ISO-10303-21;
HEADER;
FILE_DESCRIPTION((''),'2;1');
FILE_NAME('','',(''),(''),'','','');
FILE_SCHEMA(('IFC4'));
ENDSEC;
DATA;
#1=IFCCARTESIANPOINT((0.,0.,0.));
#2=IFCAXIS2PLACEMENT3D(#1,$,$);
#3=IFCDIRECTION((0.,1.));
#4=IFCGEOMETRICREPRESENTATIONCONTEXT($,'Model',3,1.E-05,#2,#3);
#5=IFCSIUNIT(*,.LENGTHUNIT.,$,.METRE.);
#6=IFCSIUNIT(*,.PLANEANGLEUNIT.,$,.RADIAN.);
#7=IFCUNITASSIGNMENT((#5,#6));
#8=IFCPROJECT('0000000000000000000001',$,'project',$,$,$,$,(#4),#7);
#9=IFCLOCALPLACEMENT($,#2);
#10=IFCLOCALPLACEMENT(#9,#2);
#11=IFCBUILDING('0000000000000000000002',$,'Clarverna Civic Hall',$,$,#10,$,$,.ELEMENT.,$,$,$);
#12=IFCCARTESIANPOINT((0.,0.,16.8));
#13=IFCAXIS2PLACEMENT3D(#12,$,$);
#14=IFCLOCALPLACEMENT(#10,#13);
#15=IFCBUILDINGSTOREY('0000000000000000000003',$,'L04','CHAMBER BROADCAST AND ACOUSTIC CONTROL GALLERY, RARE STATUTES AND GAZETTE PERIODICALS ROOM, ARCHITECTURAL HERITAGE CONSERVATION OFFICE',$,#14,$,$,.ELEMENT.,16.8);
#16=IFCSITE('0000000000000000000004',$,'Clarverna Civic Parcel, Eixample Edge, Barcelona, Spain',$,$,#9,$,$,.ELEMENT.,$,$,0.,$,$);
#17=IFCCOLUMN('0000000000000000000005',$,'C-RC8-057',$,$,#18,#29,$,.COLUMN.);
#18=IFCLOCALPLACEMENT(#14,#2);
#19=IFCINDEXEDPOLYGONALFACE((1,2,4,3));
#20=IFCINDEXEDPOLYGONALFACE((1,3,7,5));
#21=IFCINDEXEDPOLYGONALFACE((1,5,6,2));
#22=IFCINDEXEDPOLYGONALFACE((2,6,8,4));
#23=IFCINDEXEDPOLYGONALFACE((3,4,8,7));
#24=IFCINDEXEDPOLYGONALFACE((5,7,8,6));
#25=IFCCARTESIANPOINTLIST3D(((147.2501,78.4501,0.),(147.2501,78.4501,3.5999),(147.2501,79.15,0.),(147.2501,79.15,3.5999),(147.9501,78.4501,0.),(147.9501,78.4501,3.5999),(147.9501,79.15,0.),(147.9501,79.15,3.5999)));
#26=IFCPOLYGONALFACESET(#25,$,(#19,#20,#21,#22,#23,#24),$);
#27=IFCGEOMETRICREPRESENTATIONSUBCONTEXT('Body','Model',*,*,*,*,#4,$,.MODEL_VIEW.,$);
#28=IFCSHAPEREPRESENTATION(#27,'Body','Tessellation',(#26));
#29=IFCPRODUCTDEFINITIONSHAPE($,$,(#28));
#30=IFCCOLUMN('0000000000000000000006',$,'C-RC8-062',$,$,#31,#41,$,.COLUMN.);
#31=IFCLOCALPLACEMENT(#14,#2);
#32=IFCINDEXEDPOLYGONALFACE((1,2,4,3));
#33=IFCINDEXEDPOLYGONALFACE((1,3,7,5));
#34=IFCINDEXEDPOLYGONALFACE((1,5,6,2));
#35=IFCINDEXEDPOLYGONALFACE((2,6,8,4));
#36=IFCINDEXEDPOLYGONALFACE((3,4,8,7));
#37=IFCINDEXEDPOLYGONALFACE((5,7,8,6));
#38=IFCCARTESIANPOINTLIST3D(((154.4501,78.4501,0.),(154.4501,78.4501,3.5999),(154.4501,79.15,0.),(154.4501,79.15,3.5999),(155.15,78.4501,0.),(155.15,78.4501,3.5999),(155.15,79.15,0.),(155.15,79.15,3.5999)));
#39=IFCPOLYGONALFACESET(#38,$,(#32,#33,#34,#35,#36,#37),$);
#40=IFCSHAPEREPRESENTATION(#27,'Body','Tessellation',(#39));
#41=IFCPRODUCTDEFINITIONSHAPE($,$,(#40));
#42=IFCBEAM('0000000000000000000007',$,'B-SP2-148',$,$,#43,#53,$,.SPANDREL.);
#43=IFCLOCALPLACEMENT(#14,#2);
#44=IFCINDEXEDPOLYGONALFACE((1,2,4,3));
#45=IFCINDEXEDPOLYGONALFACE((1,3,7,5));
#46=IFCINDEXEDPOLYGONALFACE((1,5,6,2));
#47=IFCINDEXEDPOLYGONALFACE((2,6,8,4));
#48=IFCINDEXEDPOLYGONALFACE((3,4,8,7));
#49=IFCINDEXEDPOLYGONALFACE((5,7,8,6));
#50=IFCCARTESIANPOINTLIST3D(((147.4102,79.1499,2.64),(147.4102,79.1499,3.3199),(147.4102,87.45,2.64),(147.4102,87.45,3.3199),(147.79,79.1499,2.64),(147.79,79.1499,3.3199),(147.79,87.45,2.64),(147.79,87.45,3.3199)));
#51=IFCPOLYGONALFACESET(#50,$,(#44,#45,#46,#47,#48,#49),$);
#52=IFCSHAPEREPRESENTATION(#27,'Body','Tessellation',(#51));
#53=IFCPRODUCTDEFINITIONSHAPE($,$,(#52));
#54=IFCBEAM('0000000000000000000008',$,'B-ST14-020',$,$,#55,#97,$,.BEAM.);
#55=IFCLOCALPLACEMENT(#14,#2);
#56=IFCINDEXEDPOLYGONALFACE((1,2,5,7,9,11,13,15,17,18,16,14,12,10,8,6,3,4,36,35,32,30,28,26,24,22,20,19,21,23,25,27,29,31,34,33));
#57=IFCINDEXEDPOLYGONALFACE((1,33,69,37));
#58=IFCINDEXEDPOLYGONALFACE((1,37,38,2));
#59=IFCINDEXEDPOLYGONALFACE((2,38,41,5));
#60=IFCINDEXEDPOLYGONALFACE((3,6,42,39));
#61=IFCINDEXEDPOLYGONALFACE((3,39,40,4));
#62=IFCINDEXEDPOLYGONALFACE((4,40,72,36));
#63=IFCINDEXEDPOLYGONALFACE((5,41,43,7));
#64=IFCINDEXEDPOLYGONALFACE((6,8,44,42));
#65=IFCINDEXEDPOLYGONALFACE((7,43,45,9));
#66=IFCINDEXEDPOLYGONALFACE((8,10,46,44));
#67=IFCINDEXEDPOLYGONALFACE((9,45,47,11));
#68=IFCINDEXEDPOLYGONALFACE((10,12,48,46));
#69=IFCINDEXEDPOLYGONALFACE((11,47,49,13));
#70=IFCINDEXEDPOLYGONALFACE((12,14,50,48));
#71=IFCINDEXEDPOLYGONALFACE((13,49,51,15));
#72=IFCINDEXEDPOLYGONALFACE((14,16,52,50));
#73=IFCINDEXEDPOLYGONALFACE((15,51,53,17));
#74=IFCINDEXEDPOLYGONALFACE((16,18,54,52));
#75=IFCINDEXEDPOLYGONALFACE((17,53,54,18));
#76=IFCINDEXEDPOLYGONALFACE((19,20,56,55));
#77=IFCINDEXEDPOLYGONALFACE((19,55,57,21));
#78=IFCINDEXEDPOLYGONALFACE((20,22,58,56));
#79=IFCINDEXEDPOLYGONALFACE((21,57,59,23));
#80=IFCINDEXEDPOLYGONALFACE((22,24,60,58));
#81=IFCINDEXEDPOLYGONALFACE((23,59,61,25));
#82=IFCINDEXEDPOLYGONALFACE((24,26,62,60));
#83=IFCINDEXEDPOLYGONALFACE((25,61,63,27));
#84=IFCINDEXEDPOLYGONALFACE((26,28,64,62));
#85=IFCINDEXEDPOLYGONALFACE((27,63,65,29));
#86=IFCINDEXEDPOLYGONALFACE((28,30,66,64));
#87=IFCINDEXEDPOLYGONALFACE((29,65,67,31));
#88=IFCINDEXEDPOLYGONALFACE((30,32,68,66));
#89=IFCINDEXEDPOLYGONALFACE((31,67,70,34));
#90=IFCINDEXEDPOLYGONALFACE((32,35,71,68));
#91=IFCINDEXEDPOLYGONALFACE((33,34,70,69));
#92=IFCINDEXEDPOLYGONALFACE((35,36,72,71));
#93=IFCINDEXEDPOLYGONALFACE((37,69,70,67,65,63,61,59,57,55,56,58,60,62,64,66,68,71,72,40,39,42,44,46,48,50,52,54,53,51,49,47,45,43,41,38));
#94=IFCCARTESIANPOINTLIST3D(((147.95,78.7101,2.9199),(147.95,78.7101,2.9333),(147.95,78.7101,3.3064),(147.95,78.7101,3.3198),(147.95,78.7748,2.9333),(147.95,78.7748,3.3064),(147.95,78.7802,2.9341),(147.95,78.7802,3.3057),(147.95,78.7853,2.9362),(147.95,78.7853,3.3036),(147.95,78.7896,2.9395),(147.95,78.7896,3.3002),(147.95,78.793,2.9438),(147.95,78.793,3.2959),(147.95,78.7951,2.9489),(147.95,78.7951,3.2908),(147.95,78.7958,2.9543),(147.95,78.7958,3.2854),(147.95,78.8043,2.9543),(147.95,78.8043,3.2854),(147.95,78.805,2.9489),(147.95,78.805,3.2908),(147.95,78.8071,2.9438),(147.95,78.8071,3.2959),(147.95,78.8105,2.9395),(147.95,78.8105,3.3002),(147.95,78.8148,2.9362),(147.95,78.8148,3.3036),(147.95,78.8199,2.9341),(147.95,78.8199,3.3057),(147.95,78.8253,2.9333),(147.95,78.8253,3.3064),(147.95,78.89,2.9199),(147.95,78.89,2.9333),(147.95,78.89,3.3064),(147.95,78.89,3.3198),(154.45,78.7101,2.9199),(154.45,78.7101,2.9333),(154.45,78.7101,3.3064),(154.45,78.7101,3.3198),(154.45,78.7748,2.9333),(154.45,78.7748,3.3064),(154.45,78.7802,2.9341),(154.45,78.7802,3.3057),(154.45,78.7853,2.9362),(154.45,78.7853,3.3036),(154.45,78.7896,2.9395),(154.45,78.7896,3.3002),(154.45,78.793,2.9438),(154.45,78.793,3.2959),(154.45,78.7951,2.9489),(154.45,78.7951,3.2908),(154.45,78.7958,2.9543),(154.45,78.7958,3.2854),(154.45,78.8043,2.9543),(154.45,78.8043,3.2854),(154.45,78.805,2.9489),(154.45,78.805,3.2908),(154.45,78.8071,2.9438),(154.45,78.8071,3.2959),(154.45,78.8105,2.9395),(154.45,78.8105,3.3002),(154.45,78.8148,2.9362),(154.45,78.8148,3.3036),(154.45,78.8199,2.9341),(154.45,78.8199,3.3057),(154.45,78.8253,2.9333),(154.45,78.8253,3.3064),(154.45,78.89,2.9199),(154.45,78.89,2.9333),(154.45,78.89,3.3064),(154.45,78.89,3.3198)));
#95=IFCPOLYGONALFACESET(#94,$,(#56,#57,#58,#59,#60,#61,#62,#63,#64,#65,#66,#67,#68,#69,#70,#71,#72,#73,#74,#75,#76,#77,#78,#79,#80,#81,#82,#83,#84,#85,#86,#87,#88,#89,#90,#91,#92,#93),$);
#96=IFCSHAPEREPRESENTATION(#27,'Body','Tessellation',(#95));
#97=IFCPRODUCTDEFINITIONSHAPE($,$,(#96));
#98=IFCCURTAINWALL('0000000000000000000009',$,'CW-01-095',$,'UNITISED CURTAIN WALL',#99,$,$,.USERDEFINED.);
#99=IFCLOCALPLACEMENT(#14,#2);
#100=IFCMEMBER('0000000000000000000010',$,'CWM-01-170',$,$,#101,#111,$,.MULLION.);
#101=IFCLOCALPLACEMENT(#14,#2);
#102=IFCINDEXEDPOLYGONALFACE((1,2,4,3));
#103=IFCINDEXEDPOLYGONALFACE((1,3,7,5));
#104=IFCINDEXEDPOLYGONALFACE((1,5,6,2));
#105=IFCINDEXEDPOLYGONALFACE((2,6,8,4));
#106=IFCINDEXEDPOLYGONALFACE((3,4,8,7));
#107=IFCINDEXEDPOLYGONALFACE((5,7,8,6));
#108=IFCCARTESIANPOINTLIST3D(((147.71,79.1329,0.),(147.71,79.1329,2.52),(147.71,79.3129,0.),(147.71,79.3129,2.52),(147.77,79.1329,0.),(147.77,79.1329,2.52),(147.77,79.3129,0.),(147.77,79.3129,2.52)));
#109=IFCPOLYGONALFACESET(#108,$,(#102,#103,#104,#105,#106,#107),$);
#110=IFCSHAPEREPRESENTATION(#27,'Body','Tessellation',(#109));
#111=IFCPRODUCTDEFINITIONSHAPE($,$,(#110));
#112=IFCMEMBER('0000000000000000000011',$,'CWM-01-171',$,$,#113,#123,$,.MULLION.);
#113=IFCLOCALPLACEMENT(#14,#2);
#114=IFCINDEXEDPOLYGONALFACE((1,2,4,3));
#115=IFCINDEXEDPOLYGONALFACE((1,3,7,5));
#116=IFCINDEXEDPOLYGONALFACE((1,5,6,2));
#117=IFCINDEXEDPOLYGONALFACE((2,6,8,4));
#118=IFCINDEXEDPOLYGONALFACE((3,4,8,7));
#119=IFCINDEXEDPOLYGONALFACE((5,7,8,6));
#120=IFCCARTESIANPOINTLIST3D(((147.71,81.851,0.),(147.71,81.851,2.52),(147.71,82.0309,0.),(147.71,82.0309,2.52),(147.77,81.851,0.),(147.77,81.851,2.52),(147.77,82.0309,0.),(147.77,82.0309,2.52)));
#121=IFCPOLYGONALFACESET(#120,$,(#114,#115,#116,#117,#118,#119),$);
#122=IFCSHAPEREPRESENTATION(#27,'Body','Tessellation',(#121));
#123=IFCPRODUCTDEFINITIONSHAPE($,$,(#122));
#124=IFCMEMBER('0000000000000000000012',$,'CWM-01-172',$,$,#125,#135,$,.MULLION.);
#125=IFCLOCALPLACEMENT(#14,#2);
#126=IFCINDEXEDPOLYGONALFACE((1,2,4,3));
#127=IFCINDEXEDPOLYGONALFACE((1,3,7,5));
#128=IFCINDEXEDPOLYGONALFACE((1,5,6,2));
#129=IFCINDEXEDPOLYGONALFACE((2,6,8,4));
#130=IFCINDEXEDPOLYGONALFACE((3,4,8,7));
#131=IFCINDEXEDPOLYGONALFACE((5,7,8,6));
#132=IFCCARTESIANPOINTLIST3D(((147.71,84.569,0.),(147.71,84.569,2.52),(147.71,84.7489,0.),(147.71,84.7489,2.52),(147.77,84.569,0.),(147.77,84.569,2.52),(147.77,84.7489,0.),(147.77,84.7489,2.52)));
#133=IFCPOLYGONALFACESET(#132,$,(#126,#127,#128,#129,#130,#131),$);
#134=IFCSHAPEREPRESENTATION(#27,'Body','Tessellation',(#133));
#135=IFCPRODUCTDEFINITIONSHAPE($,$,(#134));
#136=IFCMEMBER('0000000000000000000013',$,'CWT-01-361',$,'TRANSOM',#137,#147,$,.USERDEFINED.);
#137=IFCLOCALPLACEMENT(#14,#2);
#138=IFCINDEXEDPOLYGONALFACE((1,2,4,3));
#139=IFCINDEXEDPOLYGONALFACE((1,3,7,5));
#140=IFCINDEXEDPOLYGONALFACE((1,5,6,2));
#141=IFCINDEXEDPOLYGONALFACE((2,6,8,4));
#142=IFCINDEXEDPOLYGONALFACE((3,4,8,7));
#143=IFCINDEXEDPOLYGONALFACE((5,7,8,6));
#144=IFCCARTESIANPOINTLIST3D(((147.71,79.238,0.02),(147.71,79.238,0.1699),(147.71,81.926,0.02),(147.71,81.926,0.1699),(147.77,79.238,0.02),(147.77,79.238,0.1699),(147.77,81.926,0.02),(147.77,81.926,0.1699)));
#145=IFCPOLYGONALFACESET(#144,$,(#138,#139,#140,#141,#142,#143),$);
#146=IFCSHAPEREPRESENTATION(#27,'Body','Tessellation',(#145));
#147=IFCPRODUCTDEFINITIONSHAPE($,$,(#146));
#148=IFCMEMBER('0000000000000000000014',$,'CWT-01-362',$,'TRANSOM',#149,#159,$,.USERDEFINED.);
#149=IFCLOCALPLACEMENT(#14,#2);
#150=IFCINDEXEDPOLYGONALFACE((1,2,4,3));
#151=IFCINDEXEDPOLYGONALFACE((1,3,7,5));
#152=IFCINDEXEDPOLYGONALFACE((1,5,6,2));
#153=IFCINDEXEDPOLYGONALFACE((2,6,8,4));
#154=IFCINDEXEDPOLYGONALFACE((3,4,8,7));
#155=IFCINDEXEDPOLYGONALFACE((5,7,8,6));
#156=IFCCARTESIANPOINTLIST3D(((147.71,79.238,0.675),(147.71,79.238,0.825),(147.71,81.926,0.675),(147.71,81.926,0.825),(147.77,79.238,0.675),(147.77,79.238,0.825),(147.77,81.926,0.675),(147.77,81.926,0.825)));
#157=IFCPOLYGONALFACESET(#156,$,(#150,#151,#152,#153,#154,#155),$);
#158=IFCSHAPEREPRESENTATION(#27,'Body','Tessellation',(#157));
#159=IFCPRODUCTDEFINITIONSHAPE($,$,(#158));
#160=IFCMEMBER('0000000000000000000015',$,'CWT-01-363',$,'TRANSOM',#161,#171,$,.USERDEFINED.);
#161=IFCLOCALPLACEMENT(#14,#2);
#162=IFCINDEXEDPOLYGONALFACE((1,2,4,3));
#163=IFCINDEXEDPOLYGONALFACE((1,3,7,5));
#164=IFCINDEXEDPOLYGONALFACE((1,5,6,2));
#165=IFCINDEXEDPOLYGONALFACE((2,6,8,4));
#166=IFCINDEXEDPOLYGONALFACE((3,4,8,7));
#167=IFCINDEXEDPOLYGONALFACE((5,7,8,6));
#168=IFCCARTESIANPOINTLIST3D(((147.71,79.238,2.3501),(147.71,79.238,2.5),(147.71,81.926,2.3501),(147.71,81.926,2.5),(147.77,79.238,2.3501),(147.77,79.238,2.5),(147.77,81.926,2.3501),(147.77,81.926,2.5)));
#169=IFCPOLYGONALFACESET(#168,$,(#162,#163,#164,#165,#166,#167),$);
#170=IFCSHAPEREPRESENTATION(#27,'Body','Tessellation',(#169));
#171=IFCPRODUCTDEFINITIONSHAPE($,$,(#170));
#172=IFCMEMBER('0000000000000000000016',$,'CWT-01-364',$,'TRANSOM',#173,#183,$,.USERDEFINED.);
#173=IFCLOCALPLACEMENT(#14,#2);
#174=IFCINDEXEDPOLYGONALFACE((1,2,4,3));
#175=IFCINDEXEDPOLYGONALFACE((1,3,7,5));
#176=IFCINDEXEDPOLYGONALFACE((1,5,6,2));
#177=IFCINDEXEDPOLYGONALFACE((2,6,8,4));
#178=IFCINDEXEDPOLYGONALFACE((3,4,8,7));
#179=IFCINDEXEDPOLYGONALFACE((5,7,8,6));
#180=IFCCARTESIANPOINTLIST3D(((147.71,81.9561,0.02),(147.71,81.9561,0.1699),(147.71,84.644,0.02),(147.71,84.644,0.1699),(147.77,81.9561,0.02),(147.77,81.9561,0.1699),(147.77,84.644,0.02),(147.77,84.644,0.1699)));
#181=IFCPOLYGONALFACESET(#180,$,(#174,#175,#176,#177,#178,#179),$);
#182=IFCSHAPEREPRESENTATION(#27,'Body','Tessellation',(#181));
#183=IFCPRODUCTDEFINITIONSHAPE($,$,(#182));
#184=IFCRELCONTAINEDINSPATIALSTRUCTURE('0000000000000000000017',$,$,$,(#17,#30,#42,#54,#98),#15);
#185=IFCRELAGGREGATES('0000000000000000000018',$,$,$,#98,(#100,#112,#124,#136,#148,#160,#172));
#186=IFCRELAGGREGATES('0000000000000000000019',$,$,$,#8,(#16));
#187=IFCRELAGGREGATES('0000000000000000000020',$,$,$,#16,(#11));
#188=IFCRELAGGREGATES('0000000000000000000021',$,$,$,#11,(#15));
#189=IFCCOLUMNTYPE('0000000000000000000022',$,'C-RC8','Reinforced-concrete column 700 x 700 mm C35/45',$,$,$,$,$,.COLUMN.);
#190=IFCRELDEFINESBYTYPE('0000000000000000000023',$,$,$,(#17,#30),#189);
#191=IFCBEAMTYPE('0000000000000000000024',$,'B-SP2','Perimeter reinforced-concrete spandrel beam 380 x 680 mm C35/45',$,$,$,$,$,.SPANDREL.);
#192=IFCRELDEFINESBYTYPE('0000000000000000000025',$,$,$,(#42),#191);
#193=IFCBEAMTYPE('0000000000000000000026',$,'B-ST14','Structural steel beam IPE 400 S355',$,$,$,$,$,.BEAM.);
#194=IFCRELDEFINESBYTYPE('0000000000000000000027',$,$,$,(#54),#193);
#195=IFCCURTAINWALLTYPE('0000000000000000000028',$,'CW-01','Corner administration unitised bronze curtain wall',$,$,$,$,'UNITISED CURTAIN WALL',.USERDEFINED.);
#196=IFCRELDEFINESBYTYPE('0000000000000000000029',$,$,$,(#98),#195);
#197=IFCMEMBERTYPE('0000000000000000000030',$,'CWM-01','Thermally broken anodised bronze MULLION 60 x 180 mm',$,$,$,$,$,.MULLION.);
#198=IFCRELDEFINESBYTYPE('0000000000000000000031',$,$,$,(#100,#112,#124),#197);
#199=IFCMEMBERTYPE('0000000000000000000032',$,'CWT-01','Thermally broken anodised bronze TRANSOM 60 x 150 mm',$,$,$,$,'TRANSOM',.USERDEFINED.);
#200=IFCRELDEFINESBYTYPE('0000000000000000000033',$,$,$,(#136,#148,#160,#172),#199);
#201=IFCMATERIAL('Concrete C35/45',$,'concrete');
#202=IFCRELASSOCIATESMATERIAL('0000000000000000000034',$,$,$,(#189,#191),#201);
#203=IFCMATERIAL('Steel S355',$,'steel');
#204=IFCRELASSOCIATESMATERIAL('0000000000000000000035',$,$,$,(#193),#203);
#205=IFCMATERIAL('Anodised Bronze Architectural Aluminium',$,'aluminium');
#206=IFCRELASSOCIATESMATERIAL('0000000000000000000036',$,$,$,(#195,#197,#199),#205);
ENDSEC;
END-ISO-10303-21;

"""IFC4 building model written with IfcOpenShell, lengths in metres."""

from ifc_helpers import new_model, si_unit, direction, frame, origin, origin_2d, place, context, subcontext, project, spatial, rectangle, i_section, extrude, material, material_profile, profile_set, type_object, element, aggregate, save


model = new_model("IFC4")

# Units and contexts
model_context = context("Model", 3, precision=1e-05, world=origin(), true_north=direction((0.0, 1.0)))
body_context = subcontext(model_context, "Body", "Model", "MODEL_VIEW")
ifc_project = project(units=[si_unit("LENGTHUNIT", "METRE"), si_unit("PLANEANGLEUNIT", "RADIAN")], contexts=[model_context])

# Site, building, storey
site_placement = place(None, origin())
site = spatial("IfcSite", under=ifc_project, at=site_placement, Name="Clarverna Civic Parcel, Eixample Edge, Barcelona, Spain", CompositionType="ELEMENT", RefElevation=0.0)
building_placement = place(site_placement, origin())
building = spatial("IfcBuilding", under=site, at=building_placement, Name="Clarverna Civic Hall", CompositionType="ELEMENT")
storey_placement = place(building_placement, frame((0.0, 0.0, 16.8)))
storey = spatial("IfcBuildingStorey", under=building, at=storey_placement, Name="L04", Description="CHAMBER BROADCAST AND ACOUSTIC CONTROL GALLERY, RARE STATUTES AND GAZETTE PERIODICALS ROOM, ARCHITECTURAL HERITAGE CONSERVATION OFFICE", CompositionType="ELEMENT", Elevation=16.8)

# Columns
ifc_material_1 = material(Name="Concrete C35/45", Category="concrete")
ifc_material_profile_1 = material_profile(ifc_material_1, rectangle(XDim=0.7, YDim=0.7, at=origin_2d()), Name="RC 700x700")
ifc_profile_set_1 = profile_set([ifc_material_profile_1], Name="Concrete C35/45")
column_type = type_object("IfcColumnType", Name="C-RC8", Description="Reinforced-concrete column 700 x 700 mm C35/45", PredefinedType="COLUMN", material=ifc_profile_set_1)
for number, where, z_axis, x_axis, name in (
    (1, (147.6001, 78.8, 0.0), (0.0, 0.0, 1.0), (1.0, 0.0, 0.0), "C-RC8-057"),
    (2, (154.8, 78.8, 0.0), (0.0, 0.0, 1.0), (1.0, 0.0, 0.0), "C-RC8-062"),
):
    element("IfcColumn", number, at=place(storey_placement, frame(where, z_axis=z_axis, x_axis=x_axis)), inside=storey, type_object=column_type, Name=name, PredefinedType="COLUMN", context=body_context, shape_type="SweptSolid", body=[
        extrude(rectangle(XDim=0.7, YDim=0.7, at=origin_2d()), origin(), (0.0, 0.0, 1.0), 3.5999),
    ])

# Beams
ifc_material_profile_2 = material_profile(ifc_material_1, rectangle(XDim=0.3799, YDim=0.6799, at=origin_2d()), Name="RC 380x680")
ifc_profile_set_2 = profile_set([ifc_material_profile_2], Name="Concrete C35/45")
beam_type_1 = type_object("IfcBeamType", Name="B-SP2", Description="Perimeter reinforced-concrete spandrel beam 380 x 680 mm C35/45", PredefinedType="SPANDREL", material=ifc_profile_set_2)
beam_1_placement = place(storey_placement, frame((147.6001, 79.1499, 2.98), z_axis=(0.0, 1.0, 0.0), x_axis=(-1.0, 0.0, 0.0)))
element("IfcBeam", 3, at=beam_1_placement, inside=storey, type_object=beam_type_1, Name="B-SP2-148", PredefinedType="SPANDREL", context=body_context, shape_type="SweptSolid", body=[
    extrude(rectangle(XDim=0.3799, YDim=0.6799, at=origin_2d()), origin(), (0.0, 0.0, 1.0), 8.3),
])
ifc_material_2 = material(Name="Steel S355", Category="steel")
ifc_material_profile_3 = material_profile(ifc_material_2, i_section(OverallWidth=0.1799, OverallDepth=0.3999, WebThickness=0.0085, FlangeThickness=0.0134, FilletRadius=0.021, at=origin_2d()), Name="IPE 400")
ifc_profile_set_3 = profile_set([ifc_material_profile_3], Name="Steel S355")
beam_type_2 = type_object("IfcBeamType", Name="B-ST14", Description="Structural steel beam IPE 400 S355", PredefinedType="BEAM", material=ifc_profile_set_3)
beam_2_placement = place(storey_placement, frame((147.95, 78.8, 3.1199), z_axis=(1.0, 0.0, 0.0), x_axis=(0.0, 1.0, 0.0)))
element("IfcBeam", 4, at=beam_2_placement, inside=storey, type_object=beam_type_2, Name="B-ST14-020", PredefinedType="BEAM", context=body_context, shape_type="SweptSolid", body=[
    extrude(i_section(OverallWidth=0.1799, OverallDepth=0.3999, WebThickness=0.0085, FlangeThickness=0.0134, FilletRadius=0.021, at=origin_2d()), origin(), (0.0, 0.0, 1.0), 6.5),
])

# Curtain wall, members
ifc_material_3 = material(Name="Anodised Bronze Architectural Aluminium", Category="aluminium")
curtain_wall_type = type_object("IfcCurtainWallType", Name="CW-01", Description="Corner administration unitised bronze curtain wall", ElementType="UNITISED CURTAIN WALL", PredefinedType="USERDEFINED", material=ifc_material_3)
curtain_wall_placement = place(storey_placement, origin())
curtain_wall = element("IfcCurtainWall", 5, at=curtain_wall_placement, inside=storey, type_object=curtain_wall_type, Name="CW-01-095", ObjectType="UNITISED CURTAIN WALL", PredefinedType="USERDEFINED")
ifc_material_profile_4 = material_profile(ifc_material_3, rectangle(XDim=0.0601, YDim=0.1799, at=origin_2d()), Name="BRONZE 60x180")
ifc_profile_set_4 = profile_set([ifc_material_profile_4], Name="Anodised Bronze Architectural Aluminium")
member_type_1 = type_object("IfcMemberType", Name="CWM-01", Description="Thermally broken anodised bronze MULLION 60 x 180 mm", PredefinedType="MULLION", material=ifc_profile_set_4)
member_1_placement = place(storey_placement, frame((147.74, 79.2229, 0.0), z_axis=(0.0, 0.0, 1.0), x_axis=(1.0, 0.0, 0.0)))
member_1 = element("IfcMember", 6, at=member_1_placement, type_object=member_type_1, Name="CWM-01-170", PredefinedType="MULLION", context=body_context, shape_type="SweptSolid", body=[
    extrude(rectangle(XDim=0.0601, YDim=0.1799, at=origin_2d()), origin(), (0.0, 0.0, 1.0), 2.52),
])
member_2_placement = place(storey_placement, frame((147.74, 81.9409, 0.0), z_axis=(0.0, 0.0, 1.0), x_axis=(1.0, 0.0, 0.0)))
member_2 = element("IfcMember", 7, at=member_2_placement, type_object=member_type_1, Name="CWM-01-171", PredefinedType="MULLION", context=body_context, shape_type="SweptSolid", body=[
    extrude(rectangle(XDim=0.0601, YDim=0.1799, at=origin_2d()), origin(), (0.0, 0.0, 1.0), 2.52),
])
member_3_placement = place(storey_placement, frame((147.74, 84.6589, 0.0), z_axis=(0.0, 0.0, 1.0), x_axis=(1.0, 0.0, 0.0)))
member_3 = element("IfcMember", 8, at=member_3_placement, type_object=member_type_1, Name="CWM-01-172", PredefinedType="MULLION", context=body_context, shape_type="SweptSolid", body=[
    extrude(rectangle(XDim=0.0601, YDim=0.1799, at=origin_2d()), origin(), (0.0, 0.0, 1.0), 2.52),
])
ifc_material_profile_5 = material_profile(ifc_material_3, rectangle(XDim=0.0601, YDim=0.1499, at=origin_2d()), Name="BRONZE 60x150")
ifc_profile_set_5 = profile_set([ifc_material_profile_5], Name="Anodised Bronze Architectural Aluminium")
member_type_2 = type_object("IfcMemberType", Name="CWT-01", Description="Thermally broken anodised bronze TRANSOM 60 x 150 mm", ElementType="TRANSOM", PredefinedType="USERDEFINED", material=ifc_profile_set_5)
member_4_placement = place(storey_placement, frame((147.74, 79.238, 0.095), z_axis=(0.0, 1.0, 0.0), x_axis=(-1.0, 0.0, 0.0)))
member_4 = element("IfcMember", 9, at=member_4_placement, type_object=member_type_2, Name="CWT-01-361", ObjectType="TRANSOM", PredefinedType="USERDEFINED", context=body_context, shape_type="SweptSolid", body=[
    extrude(rectangle(XDim=0.0601, YDim=0.1499, at=origin_2d()), origin(), (0.0, 0.0, 1.0), 2.688),
])
member_5_placement = place(storey_placement, frame((147.74, 79.238, 0.75), z_axis=(0.0, 1.0, 0.0), x_axis=(-1.0, 0.0, 0.0)))
member_5 = element("IfcMember", 10, at=member_5_placement, type_object=member_type_2, Name="CWT-01-362", ObjectType="TRANSOM", PredefinedType="USERDEFINED", context=body_context, shape_type="SweptSolid", body=[
    extrude(rectangle(XDim=0.0601, YDim=0.1499, at=origin_2d()), origin(), (0.0, 0.0, 1.0), 2.688),
])
member_6_placement = place(storey_placement, frame((147.74, 79.238, 2.425), z_axis=(0.0, 1.0, 0.0), x_axis=(-1.0, 0.0, 0.0)))
member_6 = element("IfcMember", 11, at=member_6_placement, type_object=member_type_2, Name="CWT-01-363", ObjectType="TRANSOM", PredefinedType="USERDEFINED", context=body_context, shape_type="SweptSolid", body=[
    extrude(rectangle(XDim=0.0601, YDim=0.1499, at=origin_2d()), origin(), (0.0, 0.0, 1.0), 2.688),
])
member_7_placement = place(storey_placement, frame((147.74, 81.9561, 0.095), z_axis=(0.0, 1.0, 0.0), x_axis=(-1.0, 0.0, 0.0)))
member_7 = element("IfcMember", 12, at=member_7_placement, type_object=member_type_2, Name="CWT-01-364", ObjectType="TRANSOM", PredefinedType="USERDEFINED", context=body_context, shape_type="SweptSolid", body=[
    extrude(rectangle(XDim=0.0601, YDim=0.1499, at=origin_2d()), origin(), (0.0, 0.0, 1.0), 2.688),
])

aggregate(curtain_wall, [member_1, member_2, member_3, member_4, member_5, member_6, member_7])

save(model, "model.ifc")
